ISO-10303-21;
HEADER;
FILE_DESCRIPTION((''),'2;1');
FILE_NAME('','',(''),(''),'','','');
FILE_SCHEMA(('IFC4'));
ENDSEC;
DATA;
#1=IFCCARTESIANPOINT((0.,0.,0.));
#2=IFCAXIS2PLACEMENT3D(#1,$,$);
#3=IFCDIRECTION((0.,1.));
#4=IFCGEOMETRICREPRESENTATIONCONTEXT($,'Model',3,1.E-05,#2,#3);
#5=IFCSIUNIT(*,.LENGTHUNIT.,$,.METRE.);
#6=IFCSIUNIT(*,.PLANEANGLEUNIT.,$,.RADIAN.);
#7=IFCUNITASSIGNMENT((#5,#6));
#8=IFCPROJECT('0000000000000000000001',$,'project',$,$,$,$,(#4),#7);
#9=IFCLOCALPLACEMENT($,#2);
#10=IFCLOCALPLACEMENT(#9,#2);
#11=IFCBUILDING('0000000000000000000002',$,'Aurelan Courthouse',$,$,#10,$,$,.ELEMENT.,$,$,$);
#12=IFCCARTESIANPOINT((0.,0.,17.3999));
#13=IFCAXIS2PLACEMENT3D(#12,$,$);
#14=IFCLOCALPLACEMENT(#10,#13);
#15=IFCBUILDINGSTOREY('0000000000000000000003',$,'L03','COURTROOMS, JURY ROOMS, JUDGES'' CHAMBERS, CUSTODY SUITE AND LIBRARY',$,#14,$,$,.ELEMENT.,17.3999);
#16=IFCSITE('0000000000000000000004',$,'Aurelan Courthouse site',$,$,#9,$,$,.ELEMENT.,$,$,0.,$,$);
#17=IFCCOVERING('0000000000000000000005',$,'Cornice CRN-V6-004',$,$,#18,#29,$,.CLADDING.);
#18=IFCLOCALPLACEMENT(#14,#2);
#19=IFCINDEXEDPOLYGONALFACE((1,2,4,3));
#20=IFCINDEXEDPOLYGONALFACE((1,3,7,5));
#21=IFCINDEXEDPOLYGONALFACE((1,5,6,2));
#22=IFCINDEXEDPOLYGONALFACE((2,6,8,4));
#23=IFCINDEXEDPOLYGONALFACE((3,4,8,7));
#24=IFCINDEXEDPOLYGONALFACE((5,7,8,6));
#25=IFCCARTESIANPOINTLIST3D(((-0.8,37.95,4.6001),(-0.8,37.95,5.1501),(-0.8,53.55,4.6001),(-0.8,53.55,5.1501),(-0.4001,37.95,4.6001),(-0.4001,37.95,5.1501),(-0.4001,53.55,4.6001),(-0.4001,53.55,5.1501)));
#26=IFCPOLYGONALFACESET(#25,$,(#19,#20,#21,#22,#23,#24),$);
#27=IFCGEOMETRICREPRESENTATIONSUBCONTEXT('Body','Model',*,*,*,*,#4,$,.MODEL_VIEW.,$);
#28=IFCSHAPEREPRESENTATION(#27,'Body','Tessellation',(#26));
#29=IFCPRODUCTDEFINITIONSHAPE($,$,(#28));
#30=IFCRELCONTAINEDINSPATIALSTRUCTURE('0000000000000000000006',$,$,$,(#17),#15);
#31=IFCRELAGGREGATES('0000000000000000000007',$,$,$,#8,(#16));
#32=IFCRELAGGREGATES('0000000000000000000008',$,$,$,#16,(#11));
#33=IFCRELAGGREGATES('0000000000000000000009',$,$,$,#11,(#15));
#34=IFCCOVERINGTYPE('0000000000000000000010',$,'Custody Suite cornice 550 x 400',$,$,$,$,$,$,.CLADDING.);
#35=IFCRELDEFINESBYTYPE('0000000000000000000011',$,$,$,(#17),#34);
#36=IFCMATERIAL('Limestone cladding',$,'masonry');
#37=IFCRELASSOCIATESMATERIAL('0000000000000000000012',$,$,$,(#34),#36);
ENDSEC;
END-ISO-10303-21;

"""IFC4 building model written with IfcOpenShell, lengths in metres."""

from ifc_helpers import new_model, si_unit, direction, frame, origin, origin_2d, place, context, subcontext, project, spatial, rectangle, extrude, material, type_object, element, save


model = new_model("IFC4")

# Units and contexts
model_context = context("Model", 3, precision=1e-05, world=origin(), true_north=direction((0.0, 1.0)))
body_context = subcontext(model_context, "Body", "Model", "MODEL_VIEW")
ifc_project = project(units=[si_unit("LENGTHUNIT", "METRE"), si_unit("PLANEANGLEUNIT", "RADIAN")], contexts=[model_context])

# Site, building, storey
site_placement = place(None, origin())
site = spatial("IfcSite", under=ifc_project, at=site_placement, Name="Aurelan Courthouse site", CompositionType="ELEMENT", RefElevation=0.0)
building_placement = place(site_placement, origin())
building = spatial("IfcBuilding", under=site, at=building_placement, Name="Aurelan Courthouse", CompositionType="ELEMENT")
storey_placement = place(building_placement, frame((0.0, 0.0, 17.3999)))
storey = spatial("IfcBuildingStorey", under=building, at=storey_placement, Name="L03", Description="COURTROOMS, JURY ROOMS, JUDGES' CHAMBERS, CUSTODY SUITE AND LIBRARY", CompositionType="ELEMENT", Elevation=17.3999)

# Shared definitions
ifc_material_1 = material(Name="Limestone cladding", Category="masonry")

# Covering
covering_type_1 = type_object("IfcCoveringType", Name="Custody Suite cornice 550 x 400", PredefinedType="CLADDING", material=ifc_material_1)
covering_1_placement = place(storey_placement, frame((-0.6001, 45.75, 4.6001), z_axis=(0.0, 0.0, 1.0), x_axis=(1.0, 0.0, 0.0)))
element("IfcCovering", 1, at=covering_1_placement, inside=storey, type_object=covering_type_1, Name="Cornice CRN-V6-004", PredefinedType="CLADDING", context=body_context, shape_type="SweptSolid", body=[
    extrude(rectangle(XDim=0.3999, YDim=15.6001, at=origin_2d()), origin(), (0.0, 0.0, 1.0), 0.55),
])

save(model, "model.ifc")
